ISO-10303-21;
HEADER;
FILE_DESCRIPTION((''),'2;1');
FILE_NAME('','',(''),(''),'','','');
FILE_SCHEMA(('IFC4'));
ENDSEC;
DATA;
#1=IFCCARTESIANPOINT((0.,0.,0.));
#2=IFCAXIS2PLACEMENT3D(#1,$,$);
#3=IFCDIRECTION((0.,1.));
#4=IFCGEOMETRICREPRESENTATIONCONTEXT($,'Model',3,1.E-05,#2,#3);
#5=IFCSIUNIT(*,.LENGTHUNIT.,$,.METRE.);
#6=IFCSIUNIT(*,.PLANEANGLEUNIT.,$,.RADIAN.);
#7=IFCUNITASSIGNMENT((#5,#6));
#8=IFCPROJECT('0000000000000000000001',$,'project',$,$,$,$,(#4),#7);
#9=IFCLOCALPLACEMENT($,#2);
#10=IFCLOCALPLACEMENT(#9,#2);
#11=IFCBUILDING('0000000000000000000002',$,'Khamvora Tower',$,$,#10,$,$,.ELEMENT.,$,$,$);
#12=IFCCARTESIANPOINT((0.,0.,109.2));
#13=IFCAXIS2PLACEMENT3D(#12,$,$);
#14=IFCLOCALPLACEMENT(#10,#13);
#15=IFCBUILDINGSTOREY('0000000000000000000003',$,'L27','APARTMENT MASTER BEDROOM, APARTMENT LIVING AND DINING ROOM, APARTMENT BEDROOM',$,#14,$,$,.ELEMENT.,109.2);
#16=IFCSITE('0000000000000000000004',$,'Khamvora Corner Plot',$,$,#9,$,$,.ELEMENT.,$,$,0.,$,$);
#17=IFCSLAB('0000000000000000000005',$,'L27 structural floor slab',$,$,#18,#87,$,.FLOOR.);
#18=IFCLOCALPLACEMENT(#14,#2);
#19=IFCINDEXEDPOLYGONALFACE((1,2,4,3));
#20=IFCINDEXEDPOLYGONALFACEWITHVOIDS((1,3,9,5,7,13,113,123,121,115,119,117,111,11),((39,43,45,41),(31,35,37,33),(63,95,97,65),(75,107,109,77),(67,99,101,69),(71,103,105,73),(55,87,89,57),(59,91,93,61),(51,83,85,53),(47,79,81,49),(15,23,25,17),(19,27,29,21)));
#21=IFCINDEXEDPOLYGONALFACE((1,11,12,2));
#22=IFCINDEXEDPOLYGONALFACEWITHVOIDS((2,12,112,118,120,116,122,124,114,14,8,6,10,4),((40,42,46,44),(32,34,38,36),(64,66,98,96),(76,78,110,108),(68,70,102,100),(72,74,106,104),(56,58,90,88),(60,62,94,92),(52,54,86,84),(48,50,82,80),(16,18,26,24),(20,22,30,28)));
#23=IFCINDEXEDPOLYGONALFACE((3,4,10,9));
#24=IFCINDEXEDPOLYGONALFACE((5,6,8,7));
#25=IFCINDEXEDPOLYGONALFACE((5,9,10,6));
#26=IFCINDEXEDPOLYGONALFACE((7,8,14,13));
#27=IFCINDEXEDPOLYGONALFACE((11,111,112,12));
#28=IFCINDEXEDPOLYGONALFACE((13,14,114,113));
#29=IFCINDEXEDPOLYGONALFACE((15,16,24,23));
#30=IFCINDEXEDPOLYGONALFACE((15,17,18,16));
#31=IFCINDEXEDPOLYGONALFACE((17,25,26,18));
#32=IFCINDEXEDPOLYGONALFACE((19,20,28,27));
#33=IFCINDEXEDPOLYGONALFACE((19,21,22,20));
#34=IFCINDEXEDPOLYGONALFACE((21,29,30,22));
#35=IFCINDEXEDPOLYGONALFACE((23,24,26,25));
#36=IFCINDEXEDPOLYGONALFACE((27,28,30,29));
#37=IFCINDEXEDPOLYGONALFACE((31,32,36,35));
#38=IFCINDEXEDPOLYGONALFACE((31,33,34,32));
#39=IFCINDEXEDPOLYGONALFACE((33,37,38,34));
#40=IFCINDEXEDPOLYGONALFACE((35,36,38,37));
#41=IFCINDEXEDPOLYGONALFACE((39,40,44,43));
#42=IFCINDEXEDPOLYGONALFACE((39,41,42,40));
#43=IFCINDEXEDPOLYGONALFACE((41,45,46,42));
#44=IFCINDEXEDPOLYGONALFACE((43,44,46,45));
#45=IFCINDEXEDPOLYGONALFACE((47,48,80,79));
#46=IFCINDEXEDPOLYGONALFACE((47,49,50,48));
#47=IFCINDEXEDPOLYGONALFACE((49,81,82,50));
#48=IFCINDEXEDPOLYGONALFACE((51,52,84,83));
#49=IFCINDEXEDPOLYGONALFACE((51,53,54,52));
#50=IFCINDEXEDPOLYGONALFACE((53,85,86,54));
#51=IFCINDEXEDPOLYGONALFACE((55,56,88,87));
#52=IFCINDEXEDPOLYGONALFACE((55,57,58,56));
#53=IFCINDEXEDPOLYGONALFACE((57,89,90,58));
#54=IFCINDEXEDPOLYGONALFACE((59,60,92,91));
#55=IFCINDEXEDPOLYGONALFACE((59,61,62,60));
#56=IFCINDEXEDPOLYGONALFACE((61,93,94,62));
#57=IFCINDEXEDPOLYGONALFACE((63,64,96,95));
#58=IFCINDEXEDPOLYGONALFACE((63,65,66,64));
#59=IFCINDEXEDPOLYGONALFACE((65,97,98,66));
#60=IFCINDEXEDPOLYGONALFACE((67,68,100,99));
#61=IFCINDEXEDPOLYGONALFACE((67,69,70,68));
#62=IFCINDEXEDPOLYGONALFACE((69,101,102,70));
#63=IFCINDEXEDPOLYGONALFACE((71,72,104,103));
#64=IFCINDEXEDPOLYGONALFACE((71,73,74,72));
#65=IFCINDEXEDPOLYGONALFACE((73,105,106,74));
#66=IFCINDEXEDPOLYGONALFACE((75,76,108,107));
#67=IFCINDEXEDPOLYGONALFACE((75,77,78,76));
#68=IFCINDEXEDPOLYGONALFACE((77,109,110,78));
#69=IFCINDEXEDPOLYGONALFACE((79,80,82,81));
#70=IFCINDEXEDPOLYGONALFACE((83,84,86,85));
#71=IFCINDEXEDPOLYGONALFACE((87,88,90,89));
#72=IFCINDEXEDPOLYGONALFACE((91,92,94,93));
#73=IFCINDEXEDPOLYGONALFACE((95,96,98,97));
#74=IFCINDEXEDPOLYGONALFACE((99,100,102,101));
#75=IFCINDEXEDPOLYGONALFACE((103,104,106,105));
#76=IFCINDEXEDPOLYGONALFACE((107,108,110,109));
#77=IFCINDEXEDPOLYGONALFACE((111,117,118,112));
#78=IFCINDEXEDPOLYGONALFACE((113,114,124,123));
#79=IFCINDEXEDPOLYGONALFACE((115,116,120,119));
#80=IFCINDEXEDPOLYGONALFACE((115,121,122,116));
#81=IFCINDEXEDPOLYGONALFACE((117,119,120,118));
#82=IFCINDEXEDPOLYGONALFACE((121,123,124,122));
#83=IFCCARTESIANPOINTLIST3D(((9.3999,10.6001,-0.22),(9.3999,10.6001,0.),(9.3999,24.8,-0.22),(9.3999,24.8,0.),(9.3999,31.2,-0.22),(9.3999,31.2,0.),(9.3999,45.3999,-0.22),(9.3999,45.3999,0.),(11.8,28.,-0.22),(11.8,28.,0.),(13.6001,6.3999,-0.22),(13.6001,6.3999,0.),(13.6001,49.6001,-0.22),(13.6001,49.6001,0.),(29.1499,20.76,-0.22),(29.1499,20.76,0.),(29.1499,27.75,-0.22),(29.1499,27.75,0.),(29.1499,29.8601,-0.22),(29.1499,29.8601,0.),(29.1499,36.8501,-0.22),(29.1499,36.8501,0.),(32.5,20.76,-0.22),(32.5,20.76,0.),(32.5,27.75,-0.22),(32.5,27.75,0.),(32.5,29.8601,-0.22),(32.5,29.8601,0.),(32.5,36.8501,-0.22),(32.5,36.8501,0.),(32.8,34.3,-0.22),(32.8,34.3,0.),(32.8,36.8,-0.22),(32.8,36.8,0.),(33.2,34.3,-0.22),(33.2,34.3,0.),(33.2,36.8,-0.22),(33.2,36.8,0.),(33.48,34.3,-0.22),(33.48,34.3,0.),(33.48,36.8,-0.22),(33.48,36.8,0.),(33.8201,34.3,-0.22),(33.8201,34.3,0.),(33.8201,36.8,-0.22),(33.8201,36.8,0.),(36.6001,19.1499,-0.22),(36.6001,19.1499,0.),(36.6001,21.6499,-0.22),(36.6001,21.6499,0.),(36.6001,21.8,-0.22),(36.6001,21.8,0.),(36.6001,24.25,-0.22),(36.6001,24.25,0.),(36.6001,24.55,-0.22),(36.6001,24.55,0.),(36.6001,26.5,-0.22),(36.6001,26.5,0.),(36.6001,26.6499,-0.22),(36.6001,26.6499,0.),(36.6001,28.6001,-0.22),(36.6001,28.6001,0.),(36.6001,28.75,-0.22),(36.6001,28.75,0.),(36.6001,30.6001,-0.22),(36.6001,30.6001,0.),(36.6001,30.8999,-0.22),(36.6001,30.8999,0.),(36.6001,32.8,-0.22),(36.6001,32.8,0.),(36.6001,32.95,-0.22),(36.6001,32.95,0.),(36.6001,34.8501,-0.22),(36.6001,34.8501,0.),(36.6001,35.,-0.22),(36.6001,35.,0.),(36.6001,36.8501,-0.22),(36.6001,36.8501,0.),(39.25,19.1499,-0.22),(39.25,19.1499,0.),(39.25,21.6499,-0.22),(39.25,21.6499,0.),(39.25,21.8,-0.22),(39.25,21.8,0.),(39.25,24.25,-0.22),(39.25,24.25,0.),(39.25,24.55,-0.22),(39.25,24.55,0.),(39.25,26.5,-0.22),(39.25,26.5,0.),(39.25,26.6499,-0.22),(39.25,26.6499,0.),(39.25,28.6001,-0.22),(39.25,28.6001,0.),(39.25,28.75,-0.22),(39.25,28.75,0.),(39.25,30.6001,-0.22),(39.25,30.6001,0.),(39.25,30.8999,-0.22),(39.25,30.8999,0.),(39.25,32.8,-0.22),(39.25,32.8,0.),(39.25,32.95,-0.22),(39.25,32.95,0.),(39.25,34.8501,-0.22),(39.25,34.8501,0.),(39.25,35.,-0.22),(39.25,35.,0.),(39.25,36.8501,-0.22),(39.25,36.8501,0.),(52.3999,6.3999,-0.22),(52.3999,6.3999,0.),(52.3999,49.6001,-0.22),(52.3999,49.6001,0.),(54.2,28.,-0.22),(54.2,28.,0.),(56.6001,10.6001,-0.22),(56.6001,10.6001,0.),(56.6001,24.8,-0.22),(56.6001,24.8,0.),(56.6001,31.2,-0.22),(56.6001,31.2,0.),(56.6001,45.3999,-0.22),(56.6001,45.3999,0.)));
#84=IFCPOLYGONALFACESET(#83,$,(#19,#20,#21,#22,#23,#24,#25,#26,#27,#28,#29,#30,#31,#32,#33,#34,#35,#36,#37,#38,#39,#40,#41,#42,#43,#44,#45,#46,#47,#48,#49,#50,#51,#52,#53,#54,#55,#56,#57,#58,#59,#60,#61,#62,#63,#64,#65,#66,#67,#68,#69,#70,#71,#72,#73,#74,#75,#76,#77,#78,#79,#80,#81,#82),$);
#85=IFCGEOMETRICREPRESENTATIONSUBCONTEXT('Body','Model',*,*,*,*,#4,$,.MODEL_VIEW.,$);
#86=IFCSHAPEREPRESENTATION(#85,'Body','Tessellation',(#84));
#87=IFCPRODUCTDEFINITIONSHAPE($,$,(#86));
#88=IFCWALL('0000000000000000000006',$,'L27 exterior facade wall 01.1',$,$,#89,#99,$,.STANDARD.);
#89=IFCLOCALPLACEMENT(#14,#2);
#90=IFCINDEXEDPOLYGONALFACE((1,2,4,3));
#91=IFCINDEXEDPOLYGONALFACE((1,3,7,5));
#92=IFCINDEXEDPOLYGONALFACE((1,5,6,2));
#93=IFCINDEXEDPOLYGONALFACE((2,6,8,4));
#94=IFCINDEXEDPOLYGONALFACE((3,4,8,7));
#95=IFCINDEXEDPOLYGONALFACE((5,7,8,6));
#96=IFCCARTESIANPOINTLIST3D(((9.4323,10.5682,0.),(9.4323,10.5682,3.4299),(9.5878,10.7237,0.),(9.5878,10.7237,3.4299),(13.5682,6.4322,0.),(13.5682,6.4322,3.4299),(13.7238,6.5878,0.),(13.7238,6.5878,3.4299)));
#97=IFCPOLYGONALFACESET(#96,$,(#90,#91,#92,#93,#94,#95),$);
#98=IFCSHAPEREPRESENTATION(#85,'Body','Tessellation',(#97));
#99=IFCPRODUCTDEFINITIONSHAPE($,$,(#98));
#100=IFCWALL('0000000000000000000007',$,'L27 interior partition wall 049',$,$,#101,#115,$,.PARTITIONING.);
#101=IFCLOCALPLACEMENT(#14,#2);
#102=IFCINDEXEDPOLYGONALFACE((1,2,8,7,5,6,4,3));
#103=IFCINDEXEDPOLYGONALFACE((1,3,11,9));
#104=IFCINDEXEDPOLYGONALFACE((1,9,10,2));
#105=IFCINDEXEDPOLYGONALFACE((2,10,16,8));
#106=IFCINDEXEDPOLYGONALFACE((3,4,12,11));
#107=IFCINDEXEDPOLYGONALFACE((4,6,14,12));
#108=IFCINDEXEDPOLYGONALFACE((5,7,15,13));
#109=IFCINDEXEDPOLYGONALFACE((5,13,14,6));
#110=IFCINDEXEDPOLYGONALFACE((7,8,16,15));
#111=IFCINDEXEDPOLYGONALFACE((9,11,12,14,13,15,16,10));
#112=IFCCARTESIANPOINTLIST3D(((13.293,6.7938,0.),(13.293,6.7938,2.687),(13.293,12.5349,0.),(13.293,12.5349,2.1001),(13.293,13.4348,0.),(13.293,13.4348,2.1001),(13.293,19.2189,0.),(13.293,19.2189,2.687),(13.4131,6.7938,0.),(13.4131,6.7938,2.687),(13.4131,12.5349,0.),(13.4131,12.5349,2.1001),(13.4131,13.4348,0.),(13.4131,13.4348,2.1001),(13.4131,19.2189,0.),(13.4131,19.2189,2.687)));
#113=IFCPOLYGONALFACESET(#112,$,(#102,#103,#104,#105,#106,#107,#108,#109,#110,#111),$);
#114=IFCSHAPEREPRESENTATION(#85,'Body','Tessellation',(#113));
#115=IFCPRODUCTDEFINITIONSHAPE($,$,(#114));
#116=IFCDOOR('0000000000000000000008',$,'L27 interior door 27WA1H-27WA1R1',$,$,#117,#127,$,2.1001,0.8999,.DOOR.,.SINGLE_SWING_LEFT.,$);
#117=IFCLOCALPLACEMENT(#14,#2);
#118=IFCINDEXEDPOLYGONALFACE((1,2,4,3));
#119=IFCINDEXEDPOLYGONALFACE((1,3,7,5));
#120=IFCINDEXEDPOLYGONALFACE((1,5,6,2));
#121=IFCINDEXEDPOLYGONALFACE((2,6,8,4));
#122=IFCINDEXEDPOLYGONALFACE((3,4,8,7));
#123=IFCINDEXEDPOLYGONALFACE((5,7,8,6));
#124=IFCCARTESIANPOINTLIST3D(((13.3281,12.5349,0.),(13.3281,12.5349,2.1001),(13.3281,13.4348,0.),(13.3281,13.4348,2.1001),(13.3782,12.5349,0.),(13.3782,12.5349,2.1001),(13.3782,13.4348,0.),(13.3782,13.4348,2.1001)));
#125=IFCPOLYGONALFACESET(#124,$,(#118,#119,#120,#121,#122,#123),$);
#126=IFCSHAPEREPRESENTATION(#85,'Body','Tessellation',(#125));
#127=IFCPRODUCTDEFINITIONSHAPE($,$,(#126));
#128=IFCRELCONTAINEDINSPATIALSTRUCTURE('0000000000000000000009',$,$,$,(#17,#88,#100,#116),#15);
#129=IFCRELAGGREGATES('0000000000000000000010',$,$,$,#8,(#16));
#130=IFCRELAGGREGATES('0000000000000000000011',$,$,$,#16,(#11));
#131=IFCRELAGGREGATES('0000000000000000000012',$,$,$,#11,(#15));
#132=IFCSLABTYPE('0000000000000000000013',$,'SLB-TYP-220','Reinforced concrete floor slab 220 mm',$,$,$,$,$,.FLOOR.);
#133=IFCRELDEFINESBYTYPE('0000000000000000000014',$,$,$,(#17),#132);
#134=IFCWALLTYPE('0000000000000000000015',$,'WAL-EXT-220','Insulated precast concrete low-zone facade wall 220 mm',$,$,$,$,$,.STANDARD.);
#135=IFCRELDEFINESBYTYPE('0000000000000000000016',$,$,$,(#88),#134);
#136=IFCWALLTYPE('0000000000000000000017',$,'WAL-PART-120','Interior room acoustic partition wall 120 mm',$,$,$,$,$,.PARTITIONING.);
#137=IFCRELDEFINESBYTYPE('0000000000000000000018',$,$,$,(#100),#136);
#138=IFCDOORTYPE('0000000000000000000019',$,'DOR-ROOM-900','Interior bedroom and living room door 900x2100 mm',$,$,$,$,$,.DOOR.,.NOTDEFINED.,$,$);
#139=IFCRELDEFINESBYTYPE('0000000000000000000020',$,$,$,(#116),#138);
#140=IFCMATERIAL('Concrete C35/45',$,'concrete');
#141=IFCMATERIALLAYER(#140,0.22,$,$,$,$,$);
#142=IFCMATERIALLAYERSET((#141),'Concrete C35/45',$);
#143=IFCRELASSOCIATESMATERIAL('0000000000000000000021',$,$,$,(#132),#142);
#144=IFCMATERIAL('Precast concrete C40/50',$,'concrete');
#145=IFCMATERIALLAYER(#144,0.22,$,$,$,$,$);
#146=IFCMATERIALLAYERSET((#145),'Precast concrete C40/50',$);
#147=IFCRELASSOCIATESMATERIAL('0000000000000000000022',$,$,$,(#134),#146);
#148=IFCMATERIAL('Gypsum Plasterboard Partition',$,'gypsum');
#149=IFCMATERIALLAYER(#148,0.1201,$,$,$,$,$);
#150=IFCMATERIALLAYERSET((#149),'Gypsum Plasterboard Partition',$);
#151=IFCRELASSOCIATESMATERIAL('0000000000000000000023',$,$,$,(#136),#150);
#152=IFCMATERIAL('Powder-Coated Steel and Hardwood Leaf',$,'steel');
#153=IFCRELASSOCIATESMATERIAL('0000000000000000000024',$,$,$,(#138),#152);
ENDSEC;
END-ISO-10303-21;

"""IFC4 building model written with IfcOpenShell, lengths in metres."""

from ifc_helpers import new_model, si_unit, direction, frame, frame_2d, origin, place, context, subcontext, project, spatial, polyline, rectangle, outline, extrude, material, layer, layer_set, type_object, element, fill, save


model = new_model("IFC4")

# Units and contexts
model_context = context("Model", 3, precision=1e-05, world=origin(), true_north=direction((0.0, 1.0)))
body_context = subcontext(model_context, "Body", "Model", "MODEL_VIEW")
ifc_project = project(units=[si_unit("LENGTHUNIT", "METRE"), si_unit("PLANEANGLEUNIT", "RADIAN")], contexts=[model_context])

# Site, building, storey
site_placement = place(None, origin())
site = spatial("IfcSite", under=ifc_project, at=site_placement, Name="Khamvora Corner Plot", CompositionType="ELEMENT", RefElevation=0.0)
building_placement = place(site_placement, origin())
building = spatial("IfcBuilding", under=site, at=building_placement, Name="Khamvora Tower", CompositionType="ELEMENT")
storey_placement = place(building_placement, frame((0.0, 0.0, 109.2)))
storey = spatial("IfcBuildingStorey", under=building, at=storey_placement, Name="L27", Description="APARTMENT MASTER BEDROOM, APARTMENT LIVING AND DINING ROOM, APARTMENT BEDROOM", CompositionType="ELEMENT", Elevation=109.2)

# Slab
ifc_material_1 = material(Name="Concrete C35/45", Category="concrete")
ifc_layer_1 = layer(ifc_material_1, 0.22)
ifc_layer_set_1 = layer_set([ifc_layer_1], Name="Concrete C35/45")
slab_type_1 = type_object("IfcSlabType", Name="SLB-TYP-220", Description="Reinforced concrete floor slab 220 mm", PredefinedType="FLOOR", material=ifc_layer_set_1)
slab_1_placement = place(storey_placement, frame((0.0, 0.0, -0.22)))
element("IfcSlab", 1, at=slab_1_placement, inside=storey, type_object=slab_type_1, Name="L27 structural floor slab", PredefinedType="FLOOR", context=body_context, shape_type="SweptSolid", body=[
    extrude(outline(polyline([(13.6001, 6.3999), (52.3999, 6.3999), (56.6001, 10.6001), (56.6001, 24.8), (54.2, 28.0), (56.6001, 31.2), (56.6001, 45.3999), (52.3999, 49.6001), (13.6001, 49.6001), (9.3999, 45.3999), (9.3999, 31.2), (11.8, 28.0), (9.3999, 24.8), (9.3999, 10.6001), (13.6001, 6.3999)]), holes=[polyline([(32.5, 20.76), (32.5, 27.75), (29.1499, 27.75), (29.1499, 20.76), (32.5, 20.76)]), polyline([(32.5, 29.8601), (32.5, 36.8501), (29.1499, 36.8501), (29.1499, 29.8601), (32.5, 29.8601)]), polyline([(36.6001, 19.1499), (39.25, 19.1499), (39.25, 21.6499), (36.6001, 21.6499), (36.6001, 19.1499)]), polyline([(36.6001, 21.8), (39.25, 21.8), (39.25, 24.25), (36.6001, 24.25), (36.6001, 21.8)]), polyline([(36.6001, 24.55), (39.25, 24.55), (39.25, 26.5), (36.6001, 26.5), (36.6001, 24.55)]), polyline([(36.6001, 26.6499), (39.25, 26.6499), (39.25, 28.6001), (36.6001, 28.6001), (36.6001, 26.6499)]), polyline([(36.6001, 28.75), (39.25, 28.75), (39.25, 30.6001), (36.6001, 30.6001), (36.6001, 28.75)]), polyline([(36.6001, 30.8999), (39.25, 30.8999), (39.25, 32.8), (36.6001, 32.8), (36.6001, 30.8999)]), polyline([(36.6001, 32.95), (39.25, 32.95), (39.25, 34.8501), (36.6001, 34.8501), (36.6001, 32.95)]), polyline([(36.6001, 35.0), (39.25, 35.0), (39.25, 36.8501), (36.6001, 36.8501), (36.6001, 35.0)]), polyline([(32.8, 34.3), (33.2, 34.3), (33.2, 36.8), (32.8, 36.8), (32.8, 34.3)]), polyline([(33.48, 34.3), (33.8201, 34.3), (33.8201, 36.8), (33.48, 36.8), (33.48, 34.3)])]), origin(), (0.0, 0.0, 1.0), 0.22),
])

# Wall
ifc_material_2 = material(Name="Precast concrete C40/50", Category="concrete")
ifc_layer_2 = layer(ifc_material_2, 0.22)
ifc_layer_set_2 = layer_set([ifc_layer_2], Name="Precast concrete C40/50")
wall_type_1 = type_object("IfcWallType", Name="WAL-EXT-220", Description="Insulated precast concrete low-zone facade wall 220 mm", PredefinedType="STANDARD", material=ifc_layer_set_2)
wall_1_placement = place(storey_placement, frame((13.646, 6.51, 0.0), z_axis=(0.0, 0.0, 1.0), x_axis=(-0.707107, 0.707107, 0.0)))
element("IfcWall", 2, at=wall_1_placement, inside=storey, type_object=wall_type_1, Name="L27 exterior facade wall 01.1", PredefinedType="STANDARD", context=body_context, shape_type="SweptSolid", body=[
    extrude(rectangle(XDim=5.8491, YDim=0.22, at=frame_2d((2.9246, 0.0))), origin(), (0.0, 0.0, 1.0), 3.4299),
])

# Wall, opening, door
ifc_material_3 = material(Name="Gypsum Plasterboard Partition", Category="gypsum")
ifc_layer_3 = layer(ifc_material_3, 0.1201)
ifc_layer_set_3 = layer_set([ifc_layer_3], Name="Gypsum Plasterboard Partition")
wall_type_2 = type_object("IfcWallType", Name="WAL-PART-120", Description="Interior room acoustic partition wall 120 mm", PredefinedType="PARTITIONING", material=ifc_layer_set_3)
wall_2_placement = place(storey_placement, frame((13.353, 6.7939, 0.0), z_axis=(0.0, 0.0, 1.0), x_axis=(0.0, 1.0, 0.0)))
wall_2 = element("IfcWall", 3, at=wall_2_placement, inside=storey, type_object=wall_type_2, Name="L27 interior partition wall 049", PredefinedType="PARTITIONING", context=body_context, shape_type="SweptSolid", body=[
    extrude(rectangle(XDim=12.425, YDim=0.1201, at=frame_2d((6.2124, 0.0))), origin(), (0.0, 0.0, 1.0), 2.687),
])
opening_placement = place(wall_2_placement, frame((5.741, 0.0, 0.0)))
opening = element("IfcOpeningElement", 4, at=opening_placement, cuts=wall_2, PredefinedType="OPENING", context=body_context, shape_type="SweptSolid", body=[
    extrude(rectangle(XDim=0.8999, YDim=2.1001, at=frame_2d((0.45, 1.05))), frame((0.0, 0.0701, 0.0), z_axis=(0.0, -1.0, 0.0), x_axis=(1.0, 0.0, 0.0)), (0.0, 0.0, 1.0), 0.1401),
])
ifc_material_4 = material(Name="Powder-Coated Steel and Hardwood Leaf", Category="steel")
door_type = type_object("IfcDoorType", Name="DOR-ROOM-900", Description="Interior bedroom and living room door 900x2100 mm", OperationType="NOTDEFINED", PredefinedType="DOOR", material=ifc_material_4)
door_placement = place(opening_placement, origin())
door = element("IfcDoor", 5, at=door_placement, inside=storey, type_object=door_type, Name="L27 interior door 27WA1H-27WA1R1", OperationType="SINGLE_SWING_LEFT", OverallHeight=2.1001, OverallWidth=0.8999, PredefinedType="DOOR", context=body_context, shape_type="SweptSolid", body=[
    extrude(rectangle(XDim=0.8999, YDim=2.1001, at=frame_2d((0.45, 1.05))), frame((0.0, 0.0249, 0.0), z_axis=(0.0, -1.0, 0.0), x_axis=(1.0, 0.0, 0.0)), (0.0, 0.0, 1.0), 0.05),
])
fill(opening, door)

save(model, "model.ifc")
